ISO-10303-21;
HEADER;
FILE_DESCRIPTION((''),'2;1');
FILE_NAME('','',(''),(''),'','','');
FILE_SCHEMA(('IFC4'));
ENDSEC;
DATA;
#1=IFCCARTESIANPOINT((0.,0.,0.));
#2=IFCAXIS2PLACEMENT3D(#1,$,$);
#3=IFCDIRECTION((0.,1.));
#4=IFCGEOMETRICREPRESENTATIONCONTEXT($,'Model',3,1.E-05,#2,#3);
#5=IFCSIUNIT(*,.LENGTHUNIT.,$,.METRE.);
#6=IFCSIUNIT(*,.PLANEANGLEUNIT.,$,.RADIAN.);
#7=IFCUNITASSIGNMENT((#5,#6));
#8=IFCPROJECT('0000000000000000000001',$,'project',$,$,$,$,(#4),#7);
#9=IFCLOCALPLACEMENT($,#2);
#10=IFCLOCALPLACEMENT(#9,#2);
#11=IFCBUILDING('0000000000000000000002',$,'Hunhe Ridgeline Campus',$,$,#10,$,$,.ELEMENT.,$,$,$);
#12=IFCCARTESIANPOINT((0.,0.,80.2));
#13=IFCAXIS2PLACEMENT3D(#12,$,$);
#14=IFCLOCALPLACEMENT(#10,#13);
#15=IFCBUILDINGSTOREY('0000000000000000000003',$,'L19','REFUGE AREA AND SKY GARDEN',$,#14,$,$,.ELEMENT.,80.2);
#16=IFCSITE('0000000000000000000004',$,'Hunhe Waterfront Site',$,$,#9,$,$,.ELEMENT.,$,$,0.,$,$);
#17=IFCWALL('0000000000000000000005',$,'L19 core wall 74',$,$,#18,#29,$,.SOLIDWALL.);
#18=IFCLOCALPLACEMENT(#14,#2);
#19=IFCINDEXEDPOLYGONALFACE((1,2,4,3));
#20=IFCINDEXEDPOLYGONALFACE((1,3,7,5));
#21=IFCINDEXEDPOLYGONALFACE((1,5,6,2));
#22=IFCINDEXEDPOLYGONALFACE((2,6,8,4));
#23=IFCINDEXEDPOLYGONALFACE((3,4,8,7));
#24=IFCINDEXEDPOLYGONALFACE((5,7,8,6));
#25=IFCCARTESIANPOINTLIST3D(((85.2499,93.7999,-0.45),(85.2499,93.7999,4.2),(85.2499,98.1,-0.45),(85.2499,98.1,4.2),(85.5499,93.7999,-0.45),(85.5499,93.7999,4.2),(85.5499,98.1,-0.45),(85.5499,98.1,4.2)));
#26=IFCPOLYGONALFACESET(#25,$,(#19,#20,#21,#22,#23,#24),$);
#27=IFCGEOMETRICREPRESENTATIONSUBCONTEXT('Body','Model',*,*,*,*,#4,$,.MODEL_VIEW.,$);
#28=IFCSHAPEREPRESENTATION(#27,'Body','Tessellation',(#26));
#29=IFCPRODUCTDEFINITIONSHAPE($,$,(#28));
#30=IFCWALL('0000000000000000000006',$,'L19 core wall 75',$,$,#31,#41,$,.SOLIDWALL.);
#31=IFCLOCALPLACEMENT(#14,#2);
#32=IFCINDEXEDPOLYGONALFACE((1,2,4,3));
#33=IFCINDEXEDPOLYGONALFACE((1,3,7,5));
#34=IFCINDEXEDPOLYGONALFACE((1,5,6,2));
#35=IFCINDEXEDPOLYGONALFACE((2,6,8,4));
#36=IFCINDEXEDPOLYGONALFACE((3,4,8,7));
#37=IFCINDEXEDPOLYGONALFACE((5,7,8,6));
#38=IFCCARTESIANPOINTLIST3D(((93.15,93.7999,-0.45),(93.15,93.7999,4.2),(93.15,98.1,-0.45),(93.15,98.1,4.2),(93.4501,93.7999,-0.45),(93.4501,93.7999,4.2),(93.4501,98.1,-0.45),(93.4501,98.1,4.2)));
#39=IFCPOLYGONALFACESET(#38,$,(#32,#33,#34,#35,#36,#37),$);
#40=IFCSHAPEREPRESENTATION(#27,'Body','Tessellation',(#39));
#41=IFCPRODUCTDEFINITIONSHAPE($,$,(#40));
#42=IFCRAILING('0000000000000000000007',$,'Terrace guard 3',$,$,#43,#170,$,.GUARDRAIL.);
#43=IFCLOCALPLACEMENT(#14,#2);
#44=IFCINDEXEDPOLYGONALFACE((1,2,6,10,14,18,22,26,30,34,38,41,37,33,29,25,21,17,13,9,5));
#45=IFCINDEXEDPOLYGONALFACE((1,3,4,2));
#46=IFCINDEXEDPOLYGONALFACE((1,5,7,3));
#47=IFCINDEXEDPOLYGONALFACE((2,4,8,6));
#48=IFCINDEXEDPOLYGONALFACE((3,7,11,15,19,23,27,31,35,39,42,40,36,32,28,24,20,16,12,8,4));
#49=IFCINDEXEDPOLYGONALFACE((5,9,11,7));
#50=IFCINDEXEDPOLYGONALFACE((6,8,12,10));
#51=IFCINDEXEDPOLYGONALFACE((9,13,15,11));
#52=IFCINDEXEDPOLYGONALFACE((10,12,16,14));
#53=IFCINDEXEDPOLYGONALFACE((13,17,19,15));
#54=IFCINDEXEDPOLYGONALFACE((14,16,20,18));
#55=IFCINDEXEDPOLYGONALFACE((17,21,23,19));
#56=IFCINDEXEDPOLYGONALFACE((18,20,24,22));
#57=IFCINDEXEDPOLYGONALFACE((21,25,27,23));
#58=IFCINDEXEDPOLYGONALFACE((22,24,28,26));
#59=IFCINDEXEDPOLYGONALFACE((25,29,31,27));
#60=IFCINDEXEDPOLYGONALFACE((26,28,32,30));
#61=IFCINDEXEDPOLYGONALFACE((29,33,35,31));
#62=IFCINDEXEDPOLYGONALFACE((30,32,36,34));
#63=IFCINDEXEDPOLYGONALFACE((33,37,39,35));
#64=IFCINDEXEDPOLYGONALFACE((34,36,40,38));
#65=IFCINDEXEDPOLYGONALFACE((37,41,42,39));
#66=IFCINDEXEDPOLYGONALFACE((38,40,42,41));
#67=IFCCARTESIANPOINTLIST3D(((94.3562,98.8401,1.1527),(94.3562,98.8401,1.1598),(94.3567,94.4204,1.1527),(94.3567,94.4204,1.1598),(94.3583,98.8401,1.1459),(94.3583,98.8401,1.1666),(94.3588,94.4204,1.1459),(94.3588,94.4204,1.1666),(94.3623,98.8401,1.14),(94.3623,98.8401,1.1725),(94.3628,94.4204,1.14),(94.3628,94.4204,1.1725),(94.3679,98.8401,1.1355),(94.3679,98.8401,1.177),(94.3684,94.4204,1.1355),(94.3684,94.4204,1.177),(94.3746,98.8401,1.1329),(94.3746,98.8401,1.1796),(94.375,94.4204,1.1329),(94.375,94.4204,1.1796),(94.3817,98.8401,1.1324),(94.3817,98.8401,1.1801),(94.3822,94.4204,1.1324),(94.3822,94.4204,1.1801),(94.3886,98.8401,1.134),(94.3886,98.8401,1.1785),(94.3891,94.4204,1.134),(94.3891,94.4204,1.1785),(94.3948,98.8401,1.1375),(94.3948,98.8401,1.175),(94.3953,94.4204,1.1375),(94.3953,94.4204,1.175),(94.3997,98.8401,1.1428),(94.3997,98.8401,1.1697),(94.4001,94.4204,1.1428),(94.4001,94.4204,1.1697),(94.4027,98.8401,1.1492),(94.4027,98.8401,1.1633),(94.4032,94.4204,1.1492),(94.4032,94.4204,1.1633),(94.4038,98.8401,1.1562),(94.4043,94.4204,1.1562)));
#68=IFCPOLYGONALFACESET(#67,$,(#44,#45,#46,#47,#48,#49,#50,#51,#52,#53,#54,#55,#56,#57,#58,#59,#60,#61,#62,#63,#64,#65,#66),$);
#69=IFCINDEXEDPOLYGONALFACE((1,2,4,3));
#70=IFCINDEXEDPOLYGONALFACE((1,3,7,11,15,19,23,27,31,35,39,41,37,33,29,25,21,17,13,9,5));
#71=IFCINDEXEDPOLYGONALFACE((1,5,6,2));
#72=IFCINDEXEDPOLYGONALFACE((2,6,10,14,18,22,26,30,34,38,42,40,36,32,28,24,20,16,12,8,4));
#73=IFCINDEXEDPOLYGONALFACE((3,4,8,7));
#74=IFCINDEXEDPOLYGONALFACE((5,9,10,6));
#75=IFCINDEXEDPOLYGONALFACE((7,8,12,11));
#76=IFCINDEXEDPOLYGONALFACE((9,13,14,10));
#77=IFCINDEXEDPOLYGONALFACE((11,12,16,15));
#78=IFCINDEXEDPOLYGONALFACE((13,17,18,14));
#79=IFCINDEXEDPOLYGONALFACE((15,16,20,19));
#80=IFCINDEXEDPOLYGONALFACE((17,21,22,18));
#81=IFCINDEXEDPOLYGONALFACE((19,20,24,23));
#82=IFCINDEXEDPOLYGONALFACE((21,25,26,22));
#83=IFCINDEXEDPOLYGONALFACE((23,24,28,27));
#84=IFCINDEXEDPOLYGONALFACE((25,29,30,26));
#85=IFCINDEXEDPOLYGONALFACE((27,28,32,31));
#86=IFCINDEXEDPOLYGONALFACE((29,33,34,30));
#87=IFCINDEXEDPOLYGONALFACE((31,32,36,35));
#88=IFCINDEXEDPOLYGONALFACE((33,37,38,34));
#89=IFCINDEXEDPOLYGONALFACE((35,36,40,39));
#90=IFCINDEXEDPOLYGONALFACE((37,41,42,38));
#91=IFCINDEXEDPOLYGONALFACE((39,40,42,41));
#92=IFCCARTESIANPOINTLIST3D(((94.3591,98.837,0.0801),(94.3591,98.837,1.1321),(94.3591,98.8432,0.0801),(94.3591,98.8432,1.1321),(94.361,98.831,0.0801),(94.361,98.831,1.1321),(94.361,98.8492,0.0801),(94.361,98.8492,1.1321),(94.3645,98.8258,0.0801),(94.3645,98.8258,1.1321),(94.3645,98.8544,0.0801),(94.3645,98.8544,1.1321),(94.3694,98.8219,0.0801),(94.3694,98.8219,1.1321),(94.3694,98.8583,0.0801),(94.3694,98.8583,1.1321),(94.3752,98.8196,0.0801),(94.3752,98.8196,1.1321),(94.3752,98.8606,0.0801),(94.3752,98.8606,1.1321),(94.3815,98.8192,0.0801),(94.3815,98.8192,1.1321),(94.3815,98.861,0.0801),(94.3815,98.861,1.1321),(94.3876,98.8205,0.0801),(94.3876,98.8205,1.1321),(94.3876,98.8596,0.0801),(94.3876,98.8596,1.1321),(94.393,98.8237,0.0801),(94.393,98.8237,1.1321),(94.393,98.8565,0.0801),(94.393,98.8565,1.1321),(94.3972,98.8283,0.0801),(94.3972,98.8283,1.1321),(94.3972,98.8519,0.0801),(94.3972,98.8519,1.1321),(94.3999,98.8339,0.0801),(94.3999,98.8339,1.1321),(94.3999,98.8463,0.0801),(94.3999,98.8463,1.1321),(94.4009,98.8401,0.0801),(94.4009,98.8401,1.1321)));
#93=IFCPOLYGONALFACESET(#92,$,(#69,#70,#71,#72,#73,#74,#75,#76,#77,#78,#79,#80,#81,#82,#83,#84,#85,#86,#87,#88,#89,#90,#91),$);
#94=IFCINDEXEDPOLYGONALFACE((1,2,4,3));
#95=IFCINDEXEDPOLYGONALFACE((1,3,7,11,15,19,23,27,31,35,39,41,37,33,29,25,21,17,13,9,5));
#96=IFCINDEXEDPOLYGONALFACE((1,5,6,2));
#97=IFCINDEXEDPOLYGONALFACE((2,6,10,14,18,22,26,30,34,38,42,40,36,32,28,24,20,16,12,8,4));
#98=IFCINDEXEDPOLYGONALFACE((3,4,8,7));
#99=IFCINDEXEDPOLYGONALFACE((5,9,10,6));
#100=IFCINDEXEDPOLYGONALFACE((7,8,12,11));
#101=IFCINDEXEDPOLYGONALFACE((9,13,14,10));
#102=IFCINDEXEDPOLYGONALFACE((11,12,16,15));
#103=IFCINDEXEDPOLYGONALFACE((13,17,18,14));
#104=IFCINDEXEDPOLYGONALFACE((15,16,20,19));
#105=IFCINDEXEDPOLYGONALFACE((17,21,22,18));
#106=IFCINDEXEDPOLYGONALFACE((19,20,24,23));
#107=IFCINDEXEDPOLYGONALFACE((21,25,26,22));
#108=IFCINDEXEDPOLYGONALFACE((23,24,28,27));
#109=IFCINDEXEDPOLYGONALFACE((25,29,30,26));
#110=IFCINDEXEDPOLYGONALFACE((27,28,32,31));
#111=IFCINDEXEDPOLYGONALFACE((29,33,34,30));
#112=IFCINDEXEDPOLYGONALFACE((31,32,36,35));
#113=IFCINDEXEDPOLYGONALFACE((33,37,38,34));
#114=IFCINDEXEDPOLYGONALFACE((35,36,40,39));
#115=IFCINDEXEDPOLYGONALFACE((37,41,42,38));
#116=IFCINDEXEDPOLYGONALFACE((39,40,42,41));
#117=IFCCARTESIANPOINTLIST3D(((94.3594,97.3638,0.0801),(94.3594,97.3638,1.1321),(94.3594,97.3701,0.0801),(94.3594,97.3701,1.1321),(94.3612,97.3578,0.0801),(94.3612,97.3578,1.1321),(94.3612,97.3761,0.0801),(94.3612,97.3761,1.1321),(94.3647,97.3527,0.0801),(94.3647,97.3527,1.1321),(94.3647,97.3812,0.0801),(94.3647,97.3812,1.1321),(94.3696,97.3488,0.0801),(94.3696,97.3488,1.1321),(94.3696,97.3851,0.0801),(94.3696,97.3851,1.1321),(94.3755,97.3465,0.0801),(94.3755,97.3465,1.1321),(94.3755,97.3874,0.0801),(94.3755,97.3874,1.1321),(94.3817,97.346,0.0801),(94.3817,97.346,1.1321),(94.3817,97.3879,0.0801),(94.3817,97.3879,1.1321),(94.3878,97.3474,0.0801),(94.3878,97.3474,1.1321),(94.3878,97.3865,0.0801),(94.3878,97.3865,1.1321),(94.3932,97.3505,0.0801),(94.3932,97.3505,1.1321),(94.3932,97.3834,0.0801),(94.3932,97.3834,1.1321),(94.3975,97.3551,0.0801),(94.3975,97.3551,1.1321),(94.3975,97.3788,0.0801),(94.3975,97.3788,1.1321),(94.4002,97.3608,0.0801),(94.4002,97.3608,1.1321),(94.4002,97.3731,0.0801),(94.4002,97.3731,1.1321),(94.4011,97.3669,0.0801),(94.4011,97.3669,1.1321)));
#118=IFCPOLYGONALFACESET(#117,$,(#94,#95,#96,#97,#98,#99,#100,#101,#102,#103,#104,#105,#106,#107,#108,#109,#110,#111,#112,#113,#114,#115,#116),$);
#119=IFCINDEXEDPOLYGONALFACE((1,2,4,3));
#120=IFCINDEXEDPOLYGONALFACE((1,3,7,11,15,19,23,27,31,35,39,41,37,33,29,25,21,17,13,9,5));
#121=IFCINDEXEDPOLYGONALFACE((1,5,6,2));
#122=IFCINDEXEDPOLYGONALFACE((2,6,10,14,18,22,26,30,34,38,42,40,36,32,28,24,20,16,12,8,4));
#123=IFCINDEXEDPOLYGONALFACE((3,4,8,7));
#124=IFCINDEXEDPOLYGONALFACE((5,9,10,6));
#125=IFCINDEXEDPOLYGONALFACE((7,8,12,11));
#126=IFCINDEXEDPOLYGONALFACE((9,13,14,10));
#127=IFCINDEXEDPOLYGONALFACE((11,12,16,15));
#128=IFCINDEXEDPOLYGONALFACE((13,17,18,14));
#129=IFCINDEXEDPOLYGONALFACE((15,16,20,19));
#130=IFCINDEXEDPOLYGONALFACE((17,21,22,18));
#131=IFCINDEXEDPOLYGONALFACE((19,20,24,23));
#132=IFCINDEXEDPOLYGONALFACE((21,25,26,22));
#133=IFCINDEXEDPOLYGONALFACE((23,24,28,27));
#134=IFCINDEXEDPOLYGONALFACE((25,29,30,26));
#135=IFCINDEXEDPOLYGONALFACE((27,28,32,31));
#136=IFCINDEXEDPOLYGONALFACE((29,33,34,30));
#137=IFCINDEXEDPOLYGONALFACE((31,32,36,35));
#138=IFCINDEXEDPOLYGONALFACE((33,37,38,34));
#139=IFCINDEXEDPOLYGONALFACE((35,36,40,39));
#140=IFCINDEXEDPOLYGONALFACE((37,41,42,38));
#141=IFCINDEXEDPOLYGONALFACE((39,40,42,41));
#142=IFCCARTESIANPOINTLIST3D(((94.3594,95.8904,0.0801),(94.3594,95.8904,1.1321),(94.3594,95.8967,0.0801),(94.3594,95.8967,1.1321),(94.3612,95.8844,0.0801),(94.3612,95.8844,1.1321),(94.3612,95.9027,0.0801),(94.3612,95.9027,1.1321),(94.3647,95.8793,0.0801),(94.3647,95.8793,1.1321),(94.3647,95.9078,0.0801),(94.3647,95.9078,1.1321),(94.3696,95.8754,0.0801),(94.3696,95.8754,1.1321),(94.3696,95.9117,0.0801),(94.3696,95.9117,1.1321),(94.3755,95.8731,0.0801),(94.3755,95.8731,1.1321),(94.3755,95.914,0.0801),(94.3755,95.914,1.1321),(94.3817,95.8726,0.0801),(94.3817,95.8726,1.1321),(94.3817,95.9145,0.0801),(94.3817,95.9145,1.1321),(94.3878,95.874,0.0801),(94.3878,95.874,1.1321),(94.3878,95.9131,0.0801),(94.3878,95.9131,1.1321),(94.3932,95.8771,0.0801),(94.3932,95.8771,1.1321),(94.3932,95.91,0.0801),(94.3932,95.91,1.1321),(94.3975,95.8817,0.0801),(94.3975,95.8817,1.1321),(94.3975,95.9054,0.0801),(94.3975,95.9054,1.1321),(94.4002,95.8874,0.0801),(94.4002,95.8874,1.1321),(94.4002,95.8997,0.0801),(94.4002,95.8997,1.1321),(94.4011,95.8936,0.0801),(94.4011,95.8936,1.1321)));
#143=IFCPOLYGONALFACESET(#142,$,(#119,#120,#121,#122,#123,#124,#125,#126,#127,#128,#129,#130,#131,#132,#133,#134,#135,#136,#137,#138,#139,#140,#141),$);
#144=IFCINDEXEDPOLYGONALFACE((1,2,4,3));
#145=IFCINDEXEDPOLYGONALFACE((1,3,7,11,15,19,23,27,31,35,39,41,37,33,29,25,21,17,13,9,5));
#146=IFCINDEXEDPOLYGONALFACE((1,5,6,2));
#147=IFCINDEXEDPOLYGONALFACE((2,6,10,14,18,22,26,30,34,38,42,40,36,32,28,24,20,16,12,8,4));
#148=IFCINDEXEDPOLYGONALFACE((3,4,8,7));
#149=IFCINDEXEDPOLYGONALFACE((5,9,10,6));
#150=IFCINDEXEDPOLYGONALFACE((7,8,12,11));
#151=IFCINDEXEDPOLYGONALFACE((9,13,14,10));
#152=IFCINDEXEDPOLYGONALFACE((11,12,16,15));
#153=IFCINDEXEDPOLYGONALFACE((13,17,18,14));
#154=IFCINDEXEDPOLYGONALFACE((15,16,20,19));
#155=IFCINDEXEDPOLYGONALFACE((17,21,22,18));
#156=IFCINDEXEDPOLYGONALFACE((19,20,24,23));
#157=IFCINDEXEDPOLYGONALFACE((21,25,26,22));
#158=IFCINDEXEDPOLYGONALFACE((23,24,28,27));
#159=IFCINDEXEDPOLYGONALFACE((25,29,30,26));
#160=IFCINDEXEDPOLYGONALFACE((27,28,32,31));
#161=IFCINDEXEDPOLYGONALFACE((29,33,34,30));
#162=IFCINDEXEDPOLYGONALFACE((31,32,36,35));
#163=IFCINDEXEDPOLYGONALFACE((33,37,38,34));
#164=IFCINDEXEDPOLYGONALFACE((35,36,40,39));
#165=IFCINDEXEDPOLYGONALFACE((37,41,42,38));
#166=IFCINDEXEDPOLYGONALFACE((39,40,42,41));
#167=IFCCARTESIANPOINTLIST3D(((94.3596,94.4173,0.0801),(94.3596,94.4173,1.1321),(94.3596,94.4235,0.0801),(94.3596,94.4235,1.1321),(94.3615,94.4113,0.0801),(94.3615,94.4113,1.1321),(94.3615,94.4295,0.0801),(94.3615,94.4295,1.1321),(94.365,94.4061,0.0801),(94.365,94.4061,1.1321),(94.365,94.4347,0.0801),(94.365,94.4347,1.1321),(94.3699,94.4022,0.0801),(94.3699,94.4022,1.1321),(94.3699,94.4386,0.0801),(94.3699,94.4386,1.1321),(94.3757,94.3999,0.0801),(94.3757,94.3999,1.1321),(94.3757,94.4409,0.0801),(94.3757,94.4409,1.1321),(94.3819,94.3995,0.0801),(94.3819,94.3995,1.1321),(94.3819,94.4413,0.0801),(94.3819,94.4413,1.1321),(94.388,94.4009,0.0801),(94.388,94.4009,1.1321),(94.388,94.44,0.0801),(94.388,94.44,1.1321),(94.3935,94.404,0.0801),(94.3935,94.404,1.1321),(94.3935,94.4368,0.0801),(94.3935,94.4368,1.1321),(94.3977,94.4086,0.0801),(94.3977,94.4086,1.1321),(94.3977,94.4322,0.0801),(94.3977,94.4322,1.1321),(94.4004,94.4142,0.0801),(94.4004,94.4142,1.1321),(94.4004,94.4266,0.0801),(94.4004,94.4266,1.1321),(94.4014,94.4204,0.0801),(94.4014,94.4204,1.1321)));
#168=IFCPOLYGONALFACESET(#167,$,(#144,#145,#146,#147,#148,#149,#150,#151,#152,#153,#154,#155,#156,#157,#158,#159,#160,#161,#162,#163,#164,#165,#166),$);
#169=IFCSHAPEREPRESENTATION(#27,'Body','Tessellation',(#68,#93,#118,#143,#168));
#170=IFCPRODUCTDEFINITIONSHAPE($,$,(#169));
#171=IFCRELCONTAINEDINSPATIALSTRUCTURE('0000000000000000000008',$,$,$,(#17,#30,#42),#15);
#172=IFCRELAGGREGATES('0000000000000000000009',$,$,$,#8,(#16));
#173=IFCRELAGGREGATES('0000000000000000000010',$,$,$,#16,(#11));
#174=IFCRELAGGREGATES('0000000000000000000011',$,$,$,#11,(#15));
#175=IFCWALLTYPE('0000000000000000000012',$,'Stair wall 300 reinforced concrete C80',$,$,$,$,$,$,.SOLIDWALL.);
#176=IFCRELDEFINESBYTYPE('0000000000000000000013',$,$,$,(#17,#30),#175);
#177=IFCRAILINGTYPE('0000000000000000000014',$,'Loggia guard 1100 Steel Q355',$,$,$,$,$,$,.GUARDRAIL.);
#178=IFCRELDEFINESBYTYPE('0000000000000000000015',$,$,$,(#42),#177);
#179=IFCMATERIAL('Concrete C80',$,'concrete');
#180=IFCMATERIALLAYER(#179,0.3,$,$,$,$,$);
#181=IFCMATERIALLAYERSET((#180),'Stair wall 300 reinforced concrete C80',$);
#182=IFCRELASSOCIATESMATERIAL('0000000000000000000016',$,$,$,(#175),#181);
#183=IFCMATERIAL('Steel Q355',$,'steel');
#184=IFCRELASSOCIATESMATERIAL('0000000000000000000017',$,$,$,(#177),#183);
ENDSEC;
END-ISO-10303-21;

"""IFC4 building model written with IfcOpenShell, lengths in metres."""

from ifc_helpers import new_model, si_unit, direction, frame, frame_2d, origin, origin_2d, place, context, subcontext, project, spatial, rectangle, circle, extrude, material, layer, layer_set, type_object, element, save


model = new_model("IFC4")

# Units and contexts
model_context = context("Model", 3, precision=1e-05, world=origin(), true_north=direction((0.0, 1.0)))
body_context = subcontext(model_context, "Body", "Model", "MODEL_VIEW")
ifc_project = project(units=[si_unit("LENGTHUNIT", "METRE"), si_unit("PLANEANGLEUNIT", "RADIAN")], contexts=[model_context])

# Site, building, storey
site_placement = place(None, origin())
site = spatial("IfcSite", under=ifc_project, at=site_placement, Name="Hunhe Waterfront Site", CompositionType="ELEMENT", RefElevation=0.0)
building_placement = place(site_placement, origin())
building = spatial("IfcBuilding", under=site, at=building_placement, Name="Hunhe Ridgeline Campus", CompositionType="ELEMENT")
storey_placement = place(building_placement, frame((0.0, 0.0, 80.2)))
storey = spatial("IfcBuildingStorey", under=building, at=storey_placement, Name="L19", Description="REFUGE AREA AND SKY GARDEN", CompositionType="ELEMENT", Elevation=80.2)

# Shared definitions
ifc_material_1 = material(Name="Concrete C80", Category="concrete")
ifc_layer_1 = layer(ifc_material_1, 0.3)
ifc_layer_set_1 = layer_set([ifc_layer_1], Name="Stair wall 300 reinforced concrete C80")
wall_type_1 = type_object("IfcWallType", Name="Stair wall 300 reinforced concrete C80", PredefinedType="SOLIDWALL", material=ifc_layer_set_1)

# Walls
for number, where, z_axis, x_axis, name in (
    (1, (85.3999, 93.8, -0.45), (0.0, 0.0, 1.0), (0.0, 1.0, 0.0), "L19 core wall 74"),
    (2, (93.3, 93.8, -0.45), (0.0, 0.0, 1.0), (0.0, 1.0, 0.0), "L19 core wall 75"),
):
    element("IfcWall", number, at=place(storey_placement, frame(where, z_axis=z_axis, x_axis=x_axis)), inside=storey, type_object=wall_type_1, Name=name, PredefinedType="SOLIDWALL", context=body_context, shape_type="SweptSolid", body=[
        extrude(rectangle(XDim=4.3, YDim=0.3, at=frame_2d((2.1499, 0.0))), origin(), (0.0, 0.0, 1.0), 4.6499),
    ])

# Railing
ifc_material_2 = material(Name="Steel Q355", Category="steel")
railing_type_1 = type_object("IfcRailingType", Name="Loggia guard 1100 Steel Q355", PredefinedType="GUARDRAIL", material=ifc_material_2)
railing_1_placement = place(storey_placement, frame((94.3799, 98.8401, 0.0801)))
element("IfcRailing", 3, at=railing_1_placement, inside=storey, type_object=railing_type_1, Name="Terrace guard 3", PredefinedType="GUARDRAIL", context=body_context, shape_type="SweptSolid", body=[
    extrude(circle(Radius=0.0239, at=origin_2d()), frame((0.0, 0.0, 1.0762), z_axis=(0.00011, -1.0, 0.0), x_axis=(1.0, 0.00011, 0.0)), (0.0, 0.0, 1.0), 4.4197),
    extrude(circle(Radius=0.021, at=origin_2d()), origin(), (0.0, 0.0, 1.0), 1.052),
    extrude(circle(Radius=0.021, at=origin_2d()), frame((0.0002, -1.4731, 0.0)), (0.0, 0.0, 1.0), 1.052),
    extrude(circle(Radius=0.021, at=origin_2d()), frame((0.0002, -2.9465, 0.0)), (0.0, 0.0, 1.0), 1.052),
    extrude(circle(Radius=0.021, at=origin_2d()), frame((0.0005, -4.4197, 0.0)), (0.0, 0.0, 1.0), 1.052),
])

save(model, "model.ifc")
